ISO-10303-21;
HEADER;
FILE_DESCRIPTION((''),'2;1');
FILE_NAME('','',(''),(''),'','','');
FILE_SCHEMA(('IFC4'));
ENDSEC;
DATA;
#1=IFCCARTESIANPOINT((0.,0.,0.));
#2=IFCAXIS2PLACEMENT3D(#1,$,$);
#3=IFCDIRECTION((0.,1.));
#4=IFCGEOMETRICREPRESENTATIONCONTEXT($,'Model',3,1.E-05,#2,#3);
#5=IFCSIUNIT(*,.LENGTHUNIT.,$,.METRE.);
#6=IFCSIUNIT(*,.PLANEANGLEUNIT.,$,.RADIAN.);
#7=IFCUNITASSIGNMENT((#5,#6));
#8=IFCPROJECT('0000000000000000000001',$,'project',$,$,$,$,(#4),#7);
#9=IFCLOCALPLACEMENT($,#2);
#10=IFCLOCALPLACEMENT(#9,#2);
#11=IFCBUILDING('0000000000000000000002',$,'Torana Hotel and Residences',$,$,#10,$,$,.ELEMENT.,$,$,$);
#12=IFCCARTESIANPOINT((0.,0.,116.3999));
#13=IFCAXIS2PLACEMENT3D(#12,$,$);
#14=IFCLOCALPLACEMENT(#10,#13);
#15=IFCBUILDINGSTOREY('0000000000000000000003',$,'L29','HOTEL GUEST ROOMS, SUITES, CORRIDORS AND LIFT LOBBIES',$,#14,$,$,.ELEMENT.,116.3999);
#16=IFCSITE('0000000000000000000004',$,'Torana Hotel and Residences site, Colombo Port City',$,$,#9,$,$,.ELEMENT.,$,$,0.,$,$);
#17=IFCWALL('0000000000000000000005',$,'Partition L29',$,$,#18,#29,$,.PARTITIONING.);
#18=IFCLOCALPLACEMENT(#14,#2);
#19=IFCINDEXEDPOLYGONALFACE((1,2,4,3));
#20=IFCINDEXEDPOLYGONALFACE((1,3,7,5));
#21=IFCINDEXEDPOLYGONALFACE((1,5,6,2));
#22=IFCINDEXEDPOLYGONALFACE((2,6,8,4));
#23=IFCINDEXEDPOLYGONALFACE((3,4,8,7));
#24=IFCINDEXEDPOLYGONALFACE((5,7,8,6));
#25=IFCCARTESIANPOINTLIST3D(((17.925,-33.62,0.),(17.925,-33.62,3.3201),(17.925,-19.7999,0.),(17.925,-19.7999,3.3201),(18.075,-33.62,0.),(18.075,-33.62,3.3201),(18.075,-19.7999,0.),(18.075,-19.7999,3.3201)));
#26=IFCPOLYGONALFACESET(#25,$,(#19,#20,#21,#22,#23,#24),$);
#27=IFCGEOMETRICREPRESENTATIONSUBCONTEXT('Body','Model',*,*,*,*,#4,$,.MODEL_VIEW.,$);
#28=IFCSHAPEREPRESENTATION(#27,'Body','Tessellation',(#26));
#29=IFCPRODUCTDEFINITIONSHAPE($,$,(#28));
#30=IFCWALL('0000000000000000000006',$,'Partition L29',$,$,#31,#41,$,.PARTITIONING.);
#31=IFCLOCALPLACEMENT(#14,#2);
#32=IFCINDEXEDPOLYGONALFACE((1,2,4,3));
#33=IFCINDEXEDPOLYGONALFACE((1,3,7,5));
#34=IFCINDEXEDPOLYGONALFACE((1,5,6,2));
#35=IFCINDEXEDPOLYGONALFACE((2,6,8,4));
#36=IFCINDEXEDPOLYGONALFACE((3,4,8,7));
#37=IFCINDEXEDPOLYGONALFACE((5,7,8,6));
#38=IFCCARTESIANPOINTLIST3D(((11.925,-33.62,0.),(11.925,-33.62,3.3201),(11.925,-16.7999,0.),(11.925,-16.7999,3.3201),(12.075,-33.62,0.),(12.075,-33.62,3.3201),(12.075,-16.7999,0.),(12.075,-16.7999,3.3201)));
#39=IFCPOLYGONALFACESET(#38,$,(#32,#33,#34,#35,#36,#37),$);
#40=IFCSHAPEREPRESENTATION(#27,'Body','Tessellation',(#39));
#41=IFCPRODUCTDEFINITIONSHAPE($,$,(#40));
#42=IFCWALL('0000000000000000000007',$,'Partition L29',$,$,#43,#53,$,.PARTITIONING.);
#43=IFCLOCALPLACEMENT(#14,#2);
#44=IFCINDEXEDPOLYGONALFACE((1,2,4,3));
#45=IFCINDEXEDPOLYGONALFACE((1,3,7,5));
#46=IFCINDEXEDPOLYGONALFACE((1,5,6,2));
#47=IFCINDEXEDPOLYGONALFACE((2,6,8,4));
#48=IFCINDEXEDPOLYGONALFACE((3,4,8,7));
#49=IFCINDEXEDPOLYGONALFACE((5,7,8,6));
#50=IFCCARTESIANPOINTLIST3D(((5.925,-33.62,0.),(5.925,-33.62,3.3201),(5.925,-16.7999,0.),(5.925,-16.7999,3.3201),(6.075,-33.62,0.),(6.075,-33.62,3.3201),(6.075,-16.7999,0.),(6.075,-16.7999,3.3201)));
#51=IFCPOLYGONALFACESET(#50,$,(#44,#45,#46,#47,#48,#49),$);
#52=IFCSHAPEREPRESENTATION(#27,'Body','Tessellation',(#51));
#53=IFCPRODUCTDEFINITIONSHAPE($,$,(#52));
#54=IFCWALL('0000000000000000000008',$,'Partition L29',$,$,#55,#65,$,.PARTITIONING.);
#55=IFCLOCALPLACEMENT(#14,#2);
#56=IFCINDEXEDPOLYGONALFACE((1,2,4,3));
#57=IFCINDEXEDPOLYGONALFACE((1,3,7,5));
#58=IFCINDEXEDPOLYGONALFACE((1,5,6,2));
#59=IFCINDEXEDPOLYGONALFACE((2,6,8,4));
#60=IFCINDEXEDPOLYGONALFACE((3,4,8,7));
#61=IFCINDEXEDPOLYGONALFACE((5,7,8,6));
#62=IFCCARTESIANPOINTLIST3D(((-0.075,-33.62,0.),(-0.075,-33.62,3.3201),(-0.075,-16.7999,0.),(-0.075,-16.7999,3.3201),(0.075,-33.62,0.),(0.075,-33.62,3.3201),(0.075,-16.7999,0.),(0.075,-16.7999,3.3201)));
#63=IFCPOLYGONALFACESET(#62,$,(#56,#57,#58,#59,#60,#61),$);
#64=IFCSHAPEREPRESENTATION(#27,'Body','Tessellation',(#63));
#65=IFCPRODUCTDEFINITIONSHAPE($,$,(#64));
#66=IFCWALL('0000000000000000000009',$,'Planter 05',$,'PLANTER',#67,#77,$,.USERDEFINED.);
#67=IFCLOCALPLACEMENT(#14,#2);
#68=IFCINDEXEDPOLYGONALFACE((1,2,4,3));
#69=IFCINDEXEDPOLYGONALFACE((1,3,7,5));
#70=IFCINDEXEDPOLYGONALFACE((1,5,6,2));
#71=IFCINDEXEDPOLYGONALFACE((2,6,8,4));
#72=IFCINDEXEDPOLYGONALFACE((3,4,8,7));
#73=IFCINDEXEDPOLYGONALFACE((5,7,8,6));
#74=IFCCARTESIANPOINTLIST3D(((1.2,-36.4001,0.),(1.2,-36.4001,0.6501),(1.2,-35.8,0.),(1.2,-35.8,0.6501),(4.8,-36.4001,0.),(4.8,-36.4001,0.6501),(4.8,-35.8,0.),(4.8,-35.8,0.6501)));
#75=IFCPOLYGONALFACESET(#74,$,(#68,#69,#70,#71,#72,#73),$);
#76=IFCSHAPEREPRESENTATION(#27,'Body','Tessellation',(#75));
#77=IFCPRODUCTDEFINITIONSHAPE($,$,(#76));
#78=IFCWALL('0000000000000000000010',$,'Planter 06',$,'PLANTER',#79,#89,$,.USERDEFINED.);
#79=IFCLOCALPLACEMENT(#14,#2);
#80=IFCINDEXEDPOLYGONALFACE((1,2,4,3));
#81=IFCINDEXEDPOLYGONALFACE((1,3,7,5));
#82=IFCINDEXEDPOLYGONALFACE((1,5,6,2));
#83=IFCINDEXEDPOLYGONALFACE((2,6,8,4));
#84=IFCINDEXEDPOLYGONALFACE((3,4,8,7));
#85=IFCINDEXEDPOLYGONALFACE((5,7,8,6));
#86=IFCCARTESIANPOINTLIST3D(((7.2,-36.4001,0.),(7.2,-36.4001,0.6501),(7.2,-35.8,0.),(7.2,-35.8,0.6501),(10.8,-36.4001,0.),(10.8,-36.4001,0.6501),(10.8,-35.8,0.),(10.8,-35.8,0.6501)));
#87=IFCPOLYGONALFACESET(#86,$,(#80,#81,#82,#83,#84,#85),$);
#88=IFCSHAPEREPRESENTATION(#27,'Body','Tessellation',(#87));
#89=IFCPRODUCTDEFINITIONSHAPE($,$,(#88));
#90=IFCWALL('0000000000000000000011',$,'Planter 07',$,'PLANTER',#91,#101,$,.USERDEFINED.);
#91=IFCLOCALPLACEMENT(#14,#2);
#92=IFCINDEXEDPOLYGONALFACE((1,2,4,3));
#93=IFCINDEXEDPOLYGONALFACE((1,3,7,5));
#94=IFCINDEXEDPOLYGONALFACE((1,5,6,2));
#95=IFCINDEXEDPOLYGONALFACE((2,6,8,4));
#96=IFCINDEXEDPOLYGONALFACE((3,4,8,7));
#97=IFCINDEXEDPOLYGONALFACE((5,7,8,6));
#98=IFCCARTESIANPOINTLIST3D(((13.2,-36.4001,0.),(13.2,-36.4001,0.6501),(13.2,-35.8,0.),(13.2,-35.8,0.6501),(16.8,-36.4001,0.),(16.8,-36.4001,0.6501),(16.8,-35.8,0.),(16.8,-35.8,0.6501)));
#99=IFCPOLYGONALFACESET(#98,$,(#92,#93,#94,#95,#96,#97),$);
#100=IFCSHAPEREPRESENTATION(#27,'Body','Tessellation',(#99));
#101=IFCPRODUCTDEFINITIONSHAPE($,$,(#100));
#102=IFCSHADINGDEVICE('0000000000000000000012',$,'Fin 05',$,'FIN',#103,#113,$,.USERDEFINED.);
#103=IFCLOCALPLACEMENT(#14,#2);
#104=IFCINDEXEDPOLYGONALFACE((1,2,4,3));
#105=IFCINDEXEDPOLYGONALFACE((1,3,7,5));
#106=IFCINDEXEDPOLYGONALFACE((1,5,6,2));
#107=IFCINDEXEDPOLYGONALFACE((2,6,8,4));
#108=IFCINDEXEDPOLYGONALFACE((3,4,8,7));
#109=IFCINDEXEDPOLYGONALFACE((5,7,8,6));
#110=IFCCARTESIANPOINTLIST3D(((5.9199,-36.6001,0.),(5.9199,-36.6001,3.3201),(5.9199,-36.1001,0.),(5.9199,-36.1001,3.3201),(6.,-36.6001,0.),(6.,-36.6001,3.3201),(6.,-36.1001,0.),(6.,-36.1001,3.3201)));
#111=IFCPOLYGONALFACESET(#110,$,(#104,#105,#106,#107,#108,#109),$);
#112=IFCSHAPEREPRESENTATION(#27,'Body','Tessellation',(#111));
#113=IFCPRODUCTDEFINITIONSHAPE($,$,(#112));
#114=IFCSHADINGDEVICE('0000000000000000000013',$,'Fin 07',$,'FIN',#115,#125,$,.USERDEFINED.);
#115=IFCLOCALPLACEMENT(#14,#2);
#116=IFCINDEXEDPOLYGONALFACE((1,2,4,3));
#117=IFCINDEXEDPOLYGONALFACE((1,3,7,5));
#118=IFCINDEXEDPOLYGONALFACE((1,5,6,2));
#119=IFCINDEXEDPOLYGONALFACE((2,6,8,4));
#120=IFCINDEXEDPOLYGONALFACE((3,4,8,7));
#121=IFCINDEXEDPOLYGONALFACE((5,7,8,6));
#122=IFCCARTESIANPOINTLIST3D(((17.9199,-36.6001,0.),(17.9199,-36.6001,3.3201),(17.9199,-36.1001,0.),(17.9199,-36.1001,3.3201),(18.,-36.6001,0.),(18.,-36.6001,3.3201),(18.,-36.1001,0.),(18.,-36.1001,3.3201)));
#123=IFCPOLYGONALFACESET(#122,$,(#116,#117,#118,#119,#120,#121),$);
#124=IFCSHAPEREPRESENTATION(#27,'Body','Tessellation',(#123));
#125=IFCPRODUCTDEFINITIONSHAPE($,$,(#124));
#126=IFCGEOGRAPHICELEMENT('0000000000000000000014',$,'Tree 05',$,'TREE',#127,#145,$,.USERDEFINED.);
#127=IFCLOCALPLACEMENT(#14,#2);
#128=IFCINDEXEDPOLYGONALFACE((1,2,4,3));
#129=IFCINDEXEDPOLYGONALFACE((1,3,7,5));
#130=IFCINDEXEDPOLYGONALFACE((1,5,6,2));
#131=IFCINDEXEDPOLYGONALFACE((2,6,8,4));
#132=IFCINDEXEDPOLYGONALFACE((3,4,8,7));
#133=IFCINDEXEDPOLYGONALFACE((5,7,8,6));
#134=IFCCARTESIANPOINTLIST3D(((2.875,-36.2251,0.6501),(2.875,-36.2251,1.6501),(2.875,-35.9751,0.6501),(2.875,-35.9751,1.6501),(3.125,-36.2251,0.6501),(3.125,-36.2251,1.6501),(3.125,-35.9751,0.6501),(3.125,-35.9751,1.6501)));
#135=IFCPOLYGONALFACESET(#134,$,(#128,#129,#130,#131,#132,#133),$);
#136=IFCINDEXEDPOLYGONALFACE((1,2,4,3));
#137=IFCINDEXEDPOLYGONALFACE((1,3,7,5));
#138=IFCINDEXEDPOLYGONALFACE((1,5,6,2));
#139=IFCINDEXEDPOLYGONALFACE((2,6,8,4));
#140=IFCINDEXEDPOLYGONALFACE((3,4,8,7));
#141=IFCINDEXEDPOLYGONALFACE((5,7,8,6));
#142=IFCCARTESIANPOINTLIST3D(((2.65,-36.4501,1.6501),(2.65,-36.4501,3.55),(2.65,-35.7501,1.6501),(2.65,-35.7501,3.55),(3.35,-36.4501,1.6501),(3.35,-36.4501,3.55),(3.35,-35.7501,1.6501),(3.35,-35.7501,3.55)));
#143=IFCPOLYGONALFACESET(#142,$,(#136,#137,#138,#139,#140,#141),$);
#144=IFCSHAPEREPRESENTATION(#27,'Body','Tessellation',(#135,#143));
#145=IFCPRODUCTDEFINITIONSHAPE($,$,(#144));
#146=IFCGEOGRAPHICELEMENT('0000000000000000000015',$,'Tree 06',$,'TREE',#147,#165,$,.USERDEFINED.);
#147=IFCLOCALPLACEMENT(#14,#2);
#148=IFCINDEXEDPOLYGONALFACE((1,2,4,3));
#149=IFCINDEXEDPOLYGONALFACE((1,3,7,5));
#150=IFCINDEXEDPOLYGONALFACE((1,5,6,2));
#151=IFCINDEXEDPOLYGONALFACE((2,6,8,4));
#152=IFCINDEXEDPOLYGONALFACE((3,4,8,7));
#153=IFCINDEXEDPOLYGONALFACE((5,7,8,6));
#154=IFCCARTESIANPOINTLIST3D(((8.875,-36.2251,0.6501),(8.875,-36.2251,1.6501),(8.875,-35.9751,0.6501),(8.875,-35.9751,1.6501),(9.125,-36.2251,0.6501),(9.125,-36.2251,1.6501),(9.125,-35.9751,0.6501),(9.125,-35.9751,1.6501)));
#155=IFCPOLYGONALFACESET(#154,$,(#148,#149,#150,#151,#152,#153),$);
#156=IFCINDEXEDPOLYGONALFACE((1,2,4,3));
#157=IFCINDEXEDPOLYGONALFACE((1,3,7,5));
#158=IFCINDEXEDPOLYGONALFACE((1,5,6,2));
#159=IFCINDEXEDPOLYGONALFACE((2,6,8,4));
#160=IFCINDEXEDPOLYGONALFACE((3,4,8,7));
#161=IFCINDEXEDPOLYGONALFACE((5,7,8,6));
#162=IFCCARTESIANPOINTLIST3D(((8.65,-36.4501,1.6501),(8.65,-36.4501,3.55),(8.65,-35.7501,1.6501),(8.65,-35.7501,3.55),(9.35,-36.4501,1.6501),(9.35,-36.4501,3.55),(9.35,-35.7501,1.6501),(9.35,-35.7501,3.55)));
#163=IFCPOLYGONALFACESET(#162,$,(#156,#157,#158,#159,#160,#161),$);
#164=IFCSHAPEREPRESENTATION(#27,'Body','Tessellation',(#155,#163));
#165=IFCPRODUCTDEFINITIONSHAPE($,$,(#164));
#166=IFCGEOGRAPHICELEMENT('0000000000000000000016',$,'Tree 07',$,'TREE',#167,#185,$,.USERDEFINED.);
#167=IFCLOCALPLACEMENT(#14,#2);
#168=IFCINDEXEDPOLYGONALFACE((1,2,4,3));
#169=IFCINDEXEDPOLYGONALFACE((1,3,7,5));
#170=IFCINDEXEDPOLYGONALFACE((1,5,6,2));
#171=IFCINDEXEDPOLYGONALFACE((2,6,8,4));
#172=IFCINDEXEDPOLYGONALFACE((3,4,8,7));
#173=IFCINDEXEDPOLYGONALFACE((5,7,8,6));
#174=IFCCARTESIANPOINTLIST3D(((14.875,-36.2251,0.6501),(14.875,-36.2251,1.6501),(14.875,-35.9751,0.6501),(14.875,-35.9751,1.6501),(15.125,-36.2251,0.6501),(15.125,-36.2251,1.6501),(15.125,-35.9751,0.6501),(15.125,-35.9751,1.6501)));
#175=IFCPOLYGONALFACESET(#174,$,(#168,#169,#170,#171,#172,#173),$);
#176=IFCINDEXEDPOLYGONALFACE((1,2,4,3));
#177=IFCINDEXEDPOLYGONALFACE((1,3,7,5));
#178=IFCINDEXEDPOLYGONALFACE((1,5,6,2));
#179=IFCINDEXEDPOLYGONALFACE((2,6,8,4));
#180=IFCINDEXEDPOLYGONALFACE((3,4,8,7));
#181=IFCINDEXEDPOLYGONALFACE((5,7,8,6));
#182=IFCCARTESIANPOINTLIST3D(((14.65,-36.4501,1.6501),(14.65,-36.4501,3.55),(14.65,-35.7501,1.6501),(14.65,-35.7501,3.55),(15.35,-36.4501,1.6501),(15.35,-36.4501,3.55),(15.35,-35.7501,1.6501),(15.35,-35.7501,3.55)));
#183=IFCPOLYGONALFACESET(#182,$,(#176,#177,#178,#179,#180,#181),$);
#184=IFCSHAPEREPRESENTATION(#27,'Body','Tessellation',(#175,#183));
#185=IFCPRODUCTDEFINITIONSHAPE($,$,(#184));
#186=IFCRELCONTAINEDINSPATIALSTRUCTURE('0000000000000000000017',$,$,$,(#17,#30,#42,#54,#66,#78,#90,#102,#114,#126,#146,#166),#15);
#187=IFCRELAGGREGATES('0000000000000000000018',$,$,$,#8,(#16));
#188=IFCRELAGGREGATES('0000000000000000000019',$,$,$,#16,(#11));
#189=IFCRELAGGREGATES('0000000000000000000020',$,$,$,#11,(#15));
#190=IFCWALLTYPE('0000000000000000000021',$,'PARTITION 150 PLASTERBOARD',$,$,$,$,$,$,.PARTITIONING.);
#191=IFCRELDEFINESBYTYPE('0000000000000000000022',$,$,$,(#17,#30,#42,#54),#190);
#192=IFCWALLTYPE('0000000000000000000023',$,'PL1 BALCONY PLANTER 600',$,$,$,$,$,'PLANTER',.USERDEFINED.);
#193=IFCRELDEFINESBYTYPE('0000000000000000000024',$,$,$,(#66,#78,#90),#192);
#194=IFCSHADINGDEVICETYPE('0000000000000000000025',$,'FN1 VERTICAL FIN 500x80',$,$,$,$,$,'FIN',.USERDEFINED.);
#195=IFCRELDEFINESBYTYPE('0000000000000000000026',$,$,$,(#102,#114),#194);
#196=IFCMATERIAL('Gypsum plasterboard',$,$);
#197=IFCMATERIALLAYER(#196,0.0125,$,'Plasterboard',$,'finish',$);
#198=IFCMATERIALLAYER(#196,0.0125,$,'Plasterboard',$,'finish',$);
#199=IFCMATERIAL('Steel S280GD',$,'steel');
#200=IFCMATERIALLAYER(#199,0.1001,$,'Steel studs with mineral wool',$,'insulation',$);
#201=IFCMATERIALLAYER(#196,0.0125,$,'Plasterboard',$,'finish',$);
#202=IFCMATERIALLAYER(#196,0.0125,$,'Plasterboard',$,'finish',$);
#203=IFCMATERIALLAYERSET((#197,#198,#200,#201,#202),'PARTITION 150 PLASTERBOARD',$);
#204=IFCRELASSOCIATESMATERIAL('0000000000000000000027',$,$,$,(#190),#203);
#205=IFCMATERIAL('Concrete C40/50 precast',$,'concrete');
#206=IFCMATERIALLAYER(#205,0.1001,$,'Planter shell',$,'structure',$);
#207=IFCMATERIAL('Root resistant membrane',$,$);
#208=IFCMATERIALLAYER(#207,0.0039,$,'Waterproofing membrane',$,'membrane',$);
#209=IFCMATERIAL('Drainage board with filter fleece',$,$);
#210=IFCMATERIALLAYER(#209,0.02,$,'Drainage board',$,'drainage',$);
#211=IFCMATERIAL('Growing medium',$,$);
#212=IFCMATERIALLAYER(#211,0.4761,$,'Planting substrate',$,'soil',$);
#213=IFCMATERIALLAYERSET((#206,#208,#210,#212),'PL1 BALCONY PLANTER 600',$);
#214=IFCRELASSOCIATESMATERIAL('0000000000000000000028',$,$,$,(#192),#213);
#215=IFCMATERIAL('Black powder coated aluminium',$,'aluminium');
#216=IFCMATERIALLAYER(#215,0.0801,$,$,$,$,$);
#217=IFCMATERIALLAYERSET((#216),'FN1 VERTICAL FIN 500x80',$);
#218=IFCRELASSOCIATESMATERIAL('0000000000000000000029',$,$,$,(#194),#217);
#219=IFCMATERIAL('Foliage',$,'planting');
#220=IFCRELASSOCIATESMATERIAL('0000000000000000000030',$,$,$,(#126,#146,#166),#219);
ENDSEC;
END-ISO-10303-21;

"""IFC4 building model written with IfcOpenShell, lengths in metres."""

from ifc_helpers import new_model, si_unit, direction, frame, frame_2d, origin, origin_2d, place, context, subcontext, project, spatial, rectangle, extrude, material, layer, layer_set, type_object, element, save


model = new_model("IFC4")

# Units and contexts
model_context = context("Model", 3, precision=1e-05, world=origin(), true_north=direction((0.0, 1.0)))
body_context = subcontext(model_context, "Body", "Model", "MODEL_VIEW")
ifc_project = project(units=[si_unit("LENGTHUNIT", "METRE"), si_unit("PLANEANGLEUNIT", "RADIAN")], contexts=[model_context])

# Site, building, storey
site_placement = place(None, origin())
site = spatial("IfcSite", under=ifc_project, at=site_placement, Name="Torana Hotel and Residences site, Colombo Port City", CompositionType="ELEMENT", RefElevation=0.0)
building_placement = place(site_placement, origin())
building = spatial("IfcBuilding", under=site, at=building_placement, Name="Torana Hotel and Residences", CompositionType="ELEMENT")
storey_placement = place(building_placement, frame((0.0, 0.0, 116.3999)))
storey = spatial("IfcBuildingStorey", under=building, at=storey_placement, Name="L29", Description="HOTEL GUEST ROOMS, SUITES, CORRIDORS AND LIFT LOBBIES", CompositionType="ELEMENT", Elevation=116.3999)

# Walls
ifc_material_1 = material(Name="Gypsum plasterboard")
ifc_layer_1 = layer(ifc_material_1, 0.0125, Name="Plasterboard", Category="finish")
ifc_layer_2 = layer(ifc_material_1, 0.0125, Name="Plasterboard", Category="finish")
ifc_material_2 = material(Name="Steel S280GD", Category="steel")
ifc_layer_3 = layer(ifc_material_2, 0.1001, Name="Steel studs with mineral wool", Category="insulation")
ifc_layer_4 = layer(ifc_material_1, 0.0125, Name="Plasterboard", Category="finish")
ifc_layer_5 = layer(ifc_material_1, 0.0125, Name="Plasterboard", Category="finish")
ifc_layer_set_1 = layer_set([ifc_layer_1, ifc_layer_2, ifc_layer_3, ifc_layer_4, ifc_layer_5], Name="PARTITION 150 PLASTERBOARD")
wall_type_1 = type_object("IfcWallType", Name="PARTITION 150 PLASTERBOARD", PredefinedType="PARTITIONING", material=ifc_layer_set_1)
wall_placement = place(storey_placement, frame((18.0, -33.6201, 0.0), z_axis=(0.0, 0.0, 1.0), x_axis=(0.0, 1.0, 0.0)))
element("IfcWall", 1, at=wall_placement, inside=storey, type_object=wall_type_1, Name="Partition L29", PredefinedType="PARTITIONING", context=body_context, shape_type="SweptSolid", body=[
    extrude(rectangle(XDim=13.8201, YDim=0.1499, at=frame_2d((6.9102, 0.0))), origin(), (0.0, 0.0, 1.0), 3.3201),
])
for number, where, z_axis, x_axis, name in (
    (2, (12.0, -33.6201, 0.0), (0.0, 0.0, 1.0), (0.0, 1.0, 0.0), "Partition L29"),
    (3, (6.0, -33.6201, 0.0), (0.0, 0.0, 1.0), (0.0, 1.0, 0.0), "Partition L29"),
    (4, (0.0, -33.6201, 0.0), (0.0, 0.0, 1.0), (0.0, 1.0, 0.0), "Partition L29"),
):
    element("IfcWall", number, at=place(storey_placement, frame(where, z_axis=z_axis, x_axis=x_axis)), inside=storey, type_object=wall_type_1, Name=name, PredefinedType="PARTITIONING", context=body_context, shape_type="SweptSolid", body=[
        extrude(rectangle(XDim=16.8201, YDim=0.1499, at=frame_2d((8.4102, 0.0))), origin(), (0.0, 0.0, 1.0), 3.3201),
    ])
ifc_material_3 = material(Name="Concrete C40/50 precast", Category="concrete")
ifc_layer_6 = layer(ifc_material_3, 0.1001, Name="Planter shell", Category="structure")
ifc_material_4 = material(Name="Root resistant membrane")
ifc_layer_7 = layer(ifc_material_4, 0.0039, Name="Waterproofing membrane", Category="membrane")
ifc_material_5 = material(Name="Drainage board with filter fleece")
ifc_layer_8 = layer(ifc_material_5, 0.02, Name="Drainage board", Category="drainage")
ifc_material_6 = material(Name="Growing medium")
ifc_layer_9 = layer(ifc_material_6, 0.4761, Name="Planting substrate", Category="soil")
ifc_layer_set_2 = layer_set([ifc_layer_6, ifc_layer_7, ifc_layer_8, ifc_layer_9], Name="PL1 BALCONY PLANTER 600")
wall_type_2 = type_object("IfcWallType", Name="PL1 BALCONY PLANTER 600", ElementType="PLANTER", PredefinedType="USERDEFINED", material=ifc_layer_set_2)
for number, where, z_axis, x_axis, name in (
    (5, (4.8, -36.1001, 0.0), (0.0, 0.0, 1.0), (-1.0, 0.0, 0.0), "Planter 05"),
    (6, (10.8, -36.1001, 0.0), (0.0, 0.0, 1.0), (-1.0, 0.0, 0.0), "Planter 06"),
    (7, (16.8, -36.1001, 0.0), (0.0, 0.0, 1.0), (-1.0, 0.0, 0.0), "Planter 07"),
):
    element("IfcWall", number, at=place(storey_placement, frame(where, z_axis=z_axis, x_axis=x_axis)), inside=storey, type_object=wall_type_2, Name=name, ObjectType="PLANTER", PredefinedType="USERDEFINED", context=body_context, shape_type="SweptSolid", body=[
        extrude(rectangle(XDim=3.6001, YDim=0.6001, at=frame_2d((1.8, 0.0))), origin(), (0.0, 0.0, 1.0), 0.6501),
    ])

# Shading devices
ifc_material_7 = material(Name="Black powder coated aluminium", Category="aluminium")
ifc_layer_10 = layer(ifc_material_7, 0.0801)
ifc_layer_set_3 = layer_set([ifc_layer_10], Name="FN1 VERTICAL FIN 500x80")
shading_device_type = type_object("IfcShadingDeviceType", Name="FN1 VERTICAL FIN 500x80", ElementType="FIN", PredefinedType="USERDEFINED", material=ifc_layer_set_3)
for number, where, z_axis, x_axis, name in (
    (8, (5.96, -36.3501, 0.0), (0.0, 0.0, 1.0), (-1.0, 0.0, 0.0), "Fin 05"),
    (9, (17.96, -36.3501, 0.0), (0.0, 0.0, 1.0), (-1.0, 0.0, 0.0), "Fin 07"),
):
    element("IfcShadingDevice", number, at=place(storey_placement, frame(where, z_axis=z_axis, x_axis=x_axis)), inside=storey, type_object=shading_device_type, Name=name, ObjectType="FIN", PredefinedType="USERDEFINED", context=body_context, shape_type="SweptSolid", body=[
        extrude(rectangle(XDim=0.0801, YDim=0.5, at=origin_2d()), origin(), (0.0, 0.0, 1.0), 3.3201),
    ])

# Geographic elements
ifc_material_8 = material(Name="Foliage", Category="planting")
for number, where, z_axis, x_axis, name in (
    (10, (3.0, -36.1001, 0.6501), (0.0, 0.0, 1.0), (1.0, 0.0, 0.0), "Tree 05"),
    (11, (9.0, -36.1001, 0.6501), (0.0, 0.0, 1.0), (1.0, 0.0, 0.0), "Tree 06"),
    (12, (15.0, -36.1001, 0.6501), (0.0, 0.0, 1.0), (1.0, 0.0, 0.0), "Tree 07"),
):
    element("IfcGeographicElement", number, at=place(storey_placement, frame(where, z_axis=z_axis, x_axis=x_axis)), inside=storey, material=ifc_material_8, Name=name, ObjectType="TREE", PredefinedType="USERDEFINED", context=body_context, shape_type="SweptSolid", body=[
        extrude(rectangle(XDim=0.25, YDim=0.25, at=origin_2d()), origin(), (0.0, 0.0, 1.0), 1.0),
        extrude(rectangle(XDim=0.7, YDim=0.7, at=origin_2d()), frame((0.0, 0.0, 1.0)), (0.0, 0.0, 1.0), 1.8999),
    ])

save(model, "model.ifc")
